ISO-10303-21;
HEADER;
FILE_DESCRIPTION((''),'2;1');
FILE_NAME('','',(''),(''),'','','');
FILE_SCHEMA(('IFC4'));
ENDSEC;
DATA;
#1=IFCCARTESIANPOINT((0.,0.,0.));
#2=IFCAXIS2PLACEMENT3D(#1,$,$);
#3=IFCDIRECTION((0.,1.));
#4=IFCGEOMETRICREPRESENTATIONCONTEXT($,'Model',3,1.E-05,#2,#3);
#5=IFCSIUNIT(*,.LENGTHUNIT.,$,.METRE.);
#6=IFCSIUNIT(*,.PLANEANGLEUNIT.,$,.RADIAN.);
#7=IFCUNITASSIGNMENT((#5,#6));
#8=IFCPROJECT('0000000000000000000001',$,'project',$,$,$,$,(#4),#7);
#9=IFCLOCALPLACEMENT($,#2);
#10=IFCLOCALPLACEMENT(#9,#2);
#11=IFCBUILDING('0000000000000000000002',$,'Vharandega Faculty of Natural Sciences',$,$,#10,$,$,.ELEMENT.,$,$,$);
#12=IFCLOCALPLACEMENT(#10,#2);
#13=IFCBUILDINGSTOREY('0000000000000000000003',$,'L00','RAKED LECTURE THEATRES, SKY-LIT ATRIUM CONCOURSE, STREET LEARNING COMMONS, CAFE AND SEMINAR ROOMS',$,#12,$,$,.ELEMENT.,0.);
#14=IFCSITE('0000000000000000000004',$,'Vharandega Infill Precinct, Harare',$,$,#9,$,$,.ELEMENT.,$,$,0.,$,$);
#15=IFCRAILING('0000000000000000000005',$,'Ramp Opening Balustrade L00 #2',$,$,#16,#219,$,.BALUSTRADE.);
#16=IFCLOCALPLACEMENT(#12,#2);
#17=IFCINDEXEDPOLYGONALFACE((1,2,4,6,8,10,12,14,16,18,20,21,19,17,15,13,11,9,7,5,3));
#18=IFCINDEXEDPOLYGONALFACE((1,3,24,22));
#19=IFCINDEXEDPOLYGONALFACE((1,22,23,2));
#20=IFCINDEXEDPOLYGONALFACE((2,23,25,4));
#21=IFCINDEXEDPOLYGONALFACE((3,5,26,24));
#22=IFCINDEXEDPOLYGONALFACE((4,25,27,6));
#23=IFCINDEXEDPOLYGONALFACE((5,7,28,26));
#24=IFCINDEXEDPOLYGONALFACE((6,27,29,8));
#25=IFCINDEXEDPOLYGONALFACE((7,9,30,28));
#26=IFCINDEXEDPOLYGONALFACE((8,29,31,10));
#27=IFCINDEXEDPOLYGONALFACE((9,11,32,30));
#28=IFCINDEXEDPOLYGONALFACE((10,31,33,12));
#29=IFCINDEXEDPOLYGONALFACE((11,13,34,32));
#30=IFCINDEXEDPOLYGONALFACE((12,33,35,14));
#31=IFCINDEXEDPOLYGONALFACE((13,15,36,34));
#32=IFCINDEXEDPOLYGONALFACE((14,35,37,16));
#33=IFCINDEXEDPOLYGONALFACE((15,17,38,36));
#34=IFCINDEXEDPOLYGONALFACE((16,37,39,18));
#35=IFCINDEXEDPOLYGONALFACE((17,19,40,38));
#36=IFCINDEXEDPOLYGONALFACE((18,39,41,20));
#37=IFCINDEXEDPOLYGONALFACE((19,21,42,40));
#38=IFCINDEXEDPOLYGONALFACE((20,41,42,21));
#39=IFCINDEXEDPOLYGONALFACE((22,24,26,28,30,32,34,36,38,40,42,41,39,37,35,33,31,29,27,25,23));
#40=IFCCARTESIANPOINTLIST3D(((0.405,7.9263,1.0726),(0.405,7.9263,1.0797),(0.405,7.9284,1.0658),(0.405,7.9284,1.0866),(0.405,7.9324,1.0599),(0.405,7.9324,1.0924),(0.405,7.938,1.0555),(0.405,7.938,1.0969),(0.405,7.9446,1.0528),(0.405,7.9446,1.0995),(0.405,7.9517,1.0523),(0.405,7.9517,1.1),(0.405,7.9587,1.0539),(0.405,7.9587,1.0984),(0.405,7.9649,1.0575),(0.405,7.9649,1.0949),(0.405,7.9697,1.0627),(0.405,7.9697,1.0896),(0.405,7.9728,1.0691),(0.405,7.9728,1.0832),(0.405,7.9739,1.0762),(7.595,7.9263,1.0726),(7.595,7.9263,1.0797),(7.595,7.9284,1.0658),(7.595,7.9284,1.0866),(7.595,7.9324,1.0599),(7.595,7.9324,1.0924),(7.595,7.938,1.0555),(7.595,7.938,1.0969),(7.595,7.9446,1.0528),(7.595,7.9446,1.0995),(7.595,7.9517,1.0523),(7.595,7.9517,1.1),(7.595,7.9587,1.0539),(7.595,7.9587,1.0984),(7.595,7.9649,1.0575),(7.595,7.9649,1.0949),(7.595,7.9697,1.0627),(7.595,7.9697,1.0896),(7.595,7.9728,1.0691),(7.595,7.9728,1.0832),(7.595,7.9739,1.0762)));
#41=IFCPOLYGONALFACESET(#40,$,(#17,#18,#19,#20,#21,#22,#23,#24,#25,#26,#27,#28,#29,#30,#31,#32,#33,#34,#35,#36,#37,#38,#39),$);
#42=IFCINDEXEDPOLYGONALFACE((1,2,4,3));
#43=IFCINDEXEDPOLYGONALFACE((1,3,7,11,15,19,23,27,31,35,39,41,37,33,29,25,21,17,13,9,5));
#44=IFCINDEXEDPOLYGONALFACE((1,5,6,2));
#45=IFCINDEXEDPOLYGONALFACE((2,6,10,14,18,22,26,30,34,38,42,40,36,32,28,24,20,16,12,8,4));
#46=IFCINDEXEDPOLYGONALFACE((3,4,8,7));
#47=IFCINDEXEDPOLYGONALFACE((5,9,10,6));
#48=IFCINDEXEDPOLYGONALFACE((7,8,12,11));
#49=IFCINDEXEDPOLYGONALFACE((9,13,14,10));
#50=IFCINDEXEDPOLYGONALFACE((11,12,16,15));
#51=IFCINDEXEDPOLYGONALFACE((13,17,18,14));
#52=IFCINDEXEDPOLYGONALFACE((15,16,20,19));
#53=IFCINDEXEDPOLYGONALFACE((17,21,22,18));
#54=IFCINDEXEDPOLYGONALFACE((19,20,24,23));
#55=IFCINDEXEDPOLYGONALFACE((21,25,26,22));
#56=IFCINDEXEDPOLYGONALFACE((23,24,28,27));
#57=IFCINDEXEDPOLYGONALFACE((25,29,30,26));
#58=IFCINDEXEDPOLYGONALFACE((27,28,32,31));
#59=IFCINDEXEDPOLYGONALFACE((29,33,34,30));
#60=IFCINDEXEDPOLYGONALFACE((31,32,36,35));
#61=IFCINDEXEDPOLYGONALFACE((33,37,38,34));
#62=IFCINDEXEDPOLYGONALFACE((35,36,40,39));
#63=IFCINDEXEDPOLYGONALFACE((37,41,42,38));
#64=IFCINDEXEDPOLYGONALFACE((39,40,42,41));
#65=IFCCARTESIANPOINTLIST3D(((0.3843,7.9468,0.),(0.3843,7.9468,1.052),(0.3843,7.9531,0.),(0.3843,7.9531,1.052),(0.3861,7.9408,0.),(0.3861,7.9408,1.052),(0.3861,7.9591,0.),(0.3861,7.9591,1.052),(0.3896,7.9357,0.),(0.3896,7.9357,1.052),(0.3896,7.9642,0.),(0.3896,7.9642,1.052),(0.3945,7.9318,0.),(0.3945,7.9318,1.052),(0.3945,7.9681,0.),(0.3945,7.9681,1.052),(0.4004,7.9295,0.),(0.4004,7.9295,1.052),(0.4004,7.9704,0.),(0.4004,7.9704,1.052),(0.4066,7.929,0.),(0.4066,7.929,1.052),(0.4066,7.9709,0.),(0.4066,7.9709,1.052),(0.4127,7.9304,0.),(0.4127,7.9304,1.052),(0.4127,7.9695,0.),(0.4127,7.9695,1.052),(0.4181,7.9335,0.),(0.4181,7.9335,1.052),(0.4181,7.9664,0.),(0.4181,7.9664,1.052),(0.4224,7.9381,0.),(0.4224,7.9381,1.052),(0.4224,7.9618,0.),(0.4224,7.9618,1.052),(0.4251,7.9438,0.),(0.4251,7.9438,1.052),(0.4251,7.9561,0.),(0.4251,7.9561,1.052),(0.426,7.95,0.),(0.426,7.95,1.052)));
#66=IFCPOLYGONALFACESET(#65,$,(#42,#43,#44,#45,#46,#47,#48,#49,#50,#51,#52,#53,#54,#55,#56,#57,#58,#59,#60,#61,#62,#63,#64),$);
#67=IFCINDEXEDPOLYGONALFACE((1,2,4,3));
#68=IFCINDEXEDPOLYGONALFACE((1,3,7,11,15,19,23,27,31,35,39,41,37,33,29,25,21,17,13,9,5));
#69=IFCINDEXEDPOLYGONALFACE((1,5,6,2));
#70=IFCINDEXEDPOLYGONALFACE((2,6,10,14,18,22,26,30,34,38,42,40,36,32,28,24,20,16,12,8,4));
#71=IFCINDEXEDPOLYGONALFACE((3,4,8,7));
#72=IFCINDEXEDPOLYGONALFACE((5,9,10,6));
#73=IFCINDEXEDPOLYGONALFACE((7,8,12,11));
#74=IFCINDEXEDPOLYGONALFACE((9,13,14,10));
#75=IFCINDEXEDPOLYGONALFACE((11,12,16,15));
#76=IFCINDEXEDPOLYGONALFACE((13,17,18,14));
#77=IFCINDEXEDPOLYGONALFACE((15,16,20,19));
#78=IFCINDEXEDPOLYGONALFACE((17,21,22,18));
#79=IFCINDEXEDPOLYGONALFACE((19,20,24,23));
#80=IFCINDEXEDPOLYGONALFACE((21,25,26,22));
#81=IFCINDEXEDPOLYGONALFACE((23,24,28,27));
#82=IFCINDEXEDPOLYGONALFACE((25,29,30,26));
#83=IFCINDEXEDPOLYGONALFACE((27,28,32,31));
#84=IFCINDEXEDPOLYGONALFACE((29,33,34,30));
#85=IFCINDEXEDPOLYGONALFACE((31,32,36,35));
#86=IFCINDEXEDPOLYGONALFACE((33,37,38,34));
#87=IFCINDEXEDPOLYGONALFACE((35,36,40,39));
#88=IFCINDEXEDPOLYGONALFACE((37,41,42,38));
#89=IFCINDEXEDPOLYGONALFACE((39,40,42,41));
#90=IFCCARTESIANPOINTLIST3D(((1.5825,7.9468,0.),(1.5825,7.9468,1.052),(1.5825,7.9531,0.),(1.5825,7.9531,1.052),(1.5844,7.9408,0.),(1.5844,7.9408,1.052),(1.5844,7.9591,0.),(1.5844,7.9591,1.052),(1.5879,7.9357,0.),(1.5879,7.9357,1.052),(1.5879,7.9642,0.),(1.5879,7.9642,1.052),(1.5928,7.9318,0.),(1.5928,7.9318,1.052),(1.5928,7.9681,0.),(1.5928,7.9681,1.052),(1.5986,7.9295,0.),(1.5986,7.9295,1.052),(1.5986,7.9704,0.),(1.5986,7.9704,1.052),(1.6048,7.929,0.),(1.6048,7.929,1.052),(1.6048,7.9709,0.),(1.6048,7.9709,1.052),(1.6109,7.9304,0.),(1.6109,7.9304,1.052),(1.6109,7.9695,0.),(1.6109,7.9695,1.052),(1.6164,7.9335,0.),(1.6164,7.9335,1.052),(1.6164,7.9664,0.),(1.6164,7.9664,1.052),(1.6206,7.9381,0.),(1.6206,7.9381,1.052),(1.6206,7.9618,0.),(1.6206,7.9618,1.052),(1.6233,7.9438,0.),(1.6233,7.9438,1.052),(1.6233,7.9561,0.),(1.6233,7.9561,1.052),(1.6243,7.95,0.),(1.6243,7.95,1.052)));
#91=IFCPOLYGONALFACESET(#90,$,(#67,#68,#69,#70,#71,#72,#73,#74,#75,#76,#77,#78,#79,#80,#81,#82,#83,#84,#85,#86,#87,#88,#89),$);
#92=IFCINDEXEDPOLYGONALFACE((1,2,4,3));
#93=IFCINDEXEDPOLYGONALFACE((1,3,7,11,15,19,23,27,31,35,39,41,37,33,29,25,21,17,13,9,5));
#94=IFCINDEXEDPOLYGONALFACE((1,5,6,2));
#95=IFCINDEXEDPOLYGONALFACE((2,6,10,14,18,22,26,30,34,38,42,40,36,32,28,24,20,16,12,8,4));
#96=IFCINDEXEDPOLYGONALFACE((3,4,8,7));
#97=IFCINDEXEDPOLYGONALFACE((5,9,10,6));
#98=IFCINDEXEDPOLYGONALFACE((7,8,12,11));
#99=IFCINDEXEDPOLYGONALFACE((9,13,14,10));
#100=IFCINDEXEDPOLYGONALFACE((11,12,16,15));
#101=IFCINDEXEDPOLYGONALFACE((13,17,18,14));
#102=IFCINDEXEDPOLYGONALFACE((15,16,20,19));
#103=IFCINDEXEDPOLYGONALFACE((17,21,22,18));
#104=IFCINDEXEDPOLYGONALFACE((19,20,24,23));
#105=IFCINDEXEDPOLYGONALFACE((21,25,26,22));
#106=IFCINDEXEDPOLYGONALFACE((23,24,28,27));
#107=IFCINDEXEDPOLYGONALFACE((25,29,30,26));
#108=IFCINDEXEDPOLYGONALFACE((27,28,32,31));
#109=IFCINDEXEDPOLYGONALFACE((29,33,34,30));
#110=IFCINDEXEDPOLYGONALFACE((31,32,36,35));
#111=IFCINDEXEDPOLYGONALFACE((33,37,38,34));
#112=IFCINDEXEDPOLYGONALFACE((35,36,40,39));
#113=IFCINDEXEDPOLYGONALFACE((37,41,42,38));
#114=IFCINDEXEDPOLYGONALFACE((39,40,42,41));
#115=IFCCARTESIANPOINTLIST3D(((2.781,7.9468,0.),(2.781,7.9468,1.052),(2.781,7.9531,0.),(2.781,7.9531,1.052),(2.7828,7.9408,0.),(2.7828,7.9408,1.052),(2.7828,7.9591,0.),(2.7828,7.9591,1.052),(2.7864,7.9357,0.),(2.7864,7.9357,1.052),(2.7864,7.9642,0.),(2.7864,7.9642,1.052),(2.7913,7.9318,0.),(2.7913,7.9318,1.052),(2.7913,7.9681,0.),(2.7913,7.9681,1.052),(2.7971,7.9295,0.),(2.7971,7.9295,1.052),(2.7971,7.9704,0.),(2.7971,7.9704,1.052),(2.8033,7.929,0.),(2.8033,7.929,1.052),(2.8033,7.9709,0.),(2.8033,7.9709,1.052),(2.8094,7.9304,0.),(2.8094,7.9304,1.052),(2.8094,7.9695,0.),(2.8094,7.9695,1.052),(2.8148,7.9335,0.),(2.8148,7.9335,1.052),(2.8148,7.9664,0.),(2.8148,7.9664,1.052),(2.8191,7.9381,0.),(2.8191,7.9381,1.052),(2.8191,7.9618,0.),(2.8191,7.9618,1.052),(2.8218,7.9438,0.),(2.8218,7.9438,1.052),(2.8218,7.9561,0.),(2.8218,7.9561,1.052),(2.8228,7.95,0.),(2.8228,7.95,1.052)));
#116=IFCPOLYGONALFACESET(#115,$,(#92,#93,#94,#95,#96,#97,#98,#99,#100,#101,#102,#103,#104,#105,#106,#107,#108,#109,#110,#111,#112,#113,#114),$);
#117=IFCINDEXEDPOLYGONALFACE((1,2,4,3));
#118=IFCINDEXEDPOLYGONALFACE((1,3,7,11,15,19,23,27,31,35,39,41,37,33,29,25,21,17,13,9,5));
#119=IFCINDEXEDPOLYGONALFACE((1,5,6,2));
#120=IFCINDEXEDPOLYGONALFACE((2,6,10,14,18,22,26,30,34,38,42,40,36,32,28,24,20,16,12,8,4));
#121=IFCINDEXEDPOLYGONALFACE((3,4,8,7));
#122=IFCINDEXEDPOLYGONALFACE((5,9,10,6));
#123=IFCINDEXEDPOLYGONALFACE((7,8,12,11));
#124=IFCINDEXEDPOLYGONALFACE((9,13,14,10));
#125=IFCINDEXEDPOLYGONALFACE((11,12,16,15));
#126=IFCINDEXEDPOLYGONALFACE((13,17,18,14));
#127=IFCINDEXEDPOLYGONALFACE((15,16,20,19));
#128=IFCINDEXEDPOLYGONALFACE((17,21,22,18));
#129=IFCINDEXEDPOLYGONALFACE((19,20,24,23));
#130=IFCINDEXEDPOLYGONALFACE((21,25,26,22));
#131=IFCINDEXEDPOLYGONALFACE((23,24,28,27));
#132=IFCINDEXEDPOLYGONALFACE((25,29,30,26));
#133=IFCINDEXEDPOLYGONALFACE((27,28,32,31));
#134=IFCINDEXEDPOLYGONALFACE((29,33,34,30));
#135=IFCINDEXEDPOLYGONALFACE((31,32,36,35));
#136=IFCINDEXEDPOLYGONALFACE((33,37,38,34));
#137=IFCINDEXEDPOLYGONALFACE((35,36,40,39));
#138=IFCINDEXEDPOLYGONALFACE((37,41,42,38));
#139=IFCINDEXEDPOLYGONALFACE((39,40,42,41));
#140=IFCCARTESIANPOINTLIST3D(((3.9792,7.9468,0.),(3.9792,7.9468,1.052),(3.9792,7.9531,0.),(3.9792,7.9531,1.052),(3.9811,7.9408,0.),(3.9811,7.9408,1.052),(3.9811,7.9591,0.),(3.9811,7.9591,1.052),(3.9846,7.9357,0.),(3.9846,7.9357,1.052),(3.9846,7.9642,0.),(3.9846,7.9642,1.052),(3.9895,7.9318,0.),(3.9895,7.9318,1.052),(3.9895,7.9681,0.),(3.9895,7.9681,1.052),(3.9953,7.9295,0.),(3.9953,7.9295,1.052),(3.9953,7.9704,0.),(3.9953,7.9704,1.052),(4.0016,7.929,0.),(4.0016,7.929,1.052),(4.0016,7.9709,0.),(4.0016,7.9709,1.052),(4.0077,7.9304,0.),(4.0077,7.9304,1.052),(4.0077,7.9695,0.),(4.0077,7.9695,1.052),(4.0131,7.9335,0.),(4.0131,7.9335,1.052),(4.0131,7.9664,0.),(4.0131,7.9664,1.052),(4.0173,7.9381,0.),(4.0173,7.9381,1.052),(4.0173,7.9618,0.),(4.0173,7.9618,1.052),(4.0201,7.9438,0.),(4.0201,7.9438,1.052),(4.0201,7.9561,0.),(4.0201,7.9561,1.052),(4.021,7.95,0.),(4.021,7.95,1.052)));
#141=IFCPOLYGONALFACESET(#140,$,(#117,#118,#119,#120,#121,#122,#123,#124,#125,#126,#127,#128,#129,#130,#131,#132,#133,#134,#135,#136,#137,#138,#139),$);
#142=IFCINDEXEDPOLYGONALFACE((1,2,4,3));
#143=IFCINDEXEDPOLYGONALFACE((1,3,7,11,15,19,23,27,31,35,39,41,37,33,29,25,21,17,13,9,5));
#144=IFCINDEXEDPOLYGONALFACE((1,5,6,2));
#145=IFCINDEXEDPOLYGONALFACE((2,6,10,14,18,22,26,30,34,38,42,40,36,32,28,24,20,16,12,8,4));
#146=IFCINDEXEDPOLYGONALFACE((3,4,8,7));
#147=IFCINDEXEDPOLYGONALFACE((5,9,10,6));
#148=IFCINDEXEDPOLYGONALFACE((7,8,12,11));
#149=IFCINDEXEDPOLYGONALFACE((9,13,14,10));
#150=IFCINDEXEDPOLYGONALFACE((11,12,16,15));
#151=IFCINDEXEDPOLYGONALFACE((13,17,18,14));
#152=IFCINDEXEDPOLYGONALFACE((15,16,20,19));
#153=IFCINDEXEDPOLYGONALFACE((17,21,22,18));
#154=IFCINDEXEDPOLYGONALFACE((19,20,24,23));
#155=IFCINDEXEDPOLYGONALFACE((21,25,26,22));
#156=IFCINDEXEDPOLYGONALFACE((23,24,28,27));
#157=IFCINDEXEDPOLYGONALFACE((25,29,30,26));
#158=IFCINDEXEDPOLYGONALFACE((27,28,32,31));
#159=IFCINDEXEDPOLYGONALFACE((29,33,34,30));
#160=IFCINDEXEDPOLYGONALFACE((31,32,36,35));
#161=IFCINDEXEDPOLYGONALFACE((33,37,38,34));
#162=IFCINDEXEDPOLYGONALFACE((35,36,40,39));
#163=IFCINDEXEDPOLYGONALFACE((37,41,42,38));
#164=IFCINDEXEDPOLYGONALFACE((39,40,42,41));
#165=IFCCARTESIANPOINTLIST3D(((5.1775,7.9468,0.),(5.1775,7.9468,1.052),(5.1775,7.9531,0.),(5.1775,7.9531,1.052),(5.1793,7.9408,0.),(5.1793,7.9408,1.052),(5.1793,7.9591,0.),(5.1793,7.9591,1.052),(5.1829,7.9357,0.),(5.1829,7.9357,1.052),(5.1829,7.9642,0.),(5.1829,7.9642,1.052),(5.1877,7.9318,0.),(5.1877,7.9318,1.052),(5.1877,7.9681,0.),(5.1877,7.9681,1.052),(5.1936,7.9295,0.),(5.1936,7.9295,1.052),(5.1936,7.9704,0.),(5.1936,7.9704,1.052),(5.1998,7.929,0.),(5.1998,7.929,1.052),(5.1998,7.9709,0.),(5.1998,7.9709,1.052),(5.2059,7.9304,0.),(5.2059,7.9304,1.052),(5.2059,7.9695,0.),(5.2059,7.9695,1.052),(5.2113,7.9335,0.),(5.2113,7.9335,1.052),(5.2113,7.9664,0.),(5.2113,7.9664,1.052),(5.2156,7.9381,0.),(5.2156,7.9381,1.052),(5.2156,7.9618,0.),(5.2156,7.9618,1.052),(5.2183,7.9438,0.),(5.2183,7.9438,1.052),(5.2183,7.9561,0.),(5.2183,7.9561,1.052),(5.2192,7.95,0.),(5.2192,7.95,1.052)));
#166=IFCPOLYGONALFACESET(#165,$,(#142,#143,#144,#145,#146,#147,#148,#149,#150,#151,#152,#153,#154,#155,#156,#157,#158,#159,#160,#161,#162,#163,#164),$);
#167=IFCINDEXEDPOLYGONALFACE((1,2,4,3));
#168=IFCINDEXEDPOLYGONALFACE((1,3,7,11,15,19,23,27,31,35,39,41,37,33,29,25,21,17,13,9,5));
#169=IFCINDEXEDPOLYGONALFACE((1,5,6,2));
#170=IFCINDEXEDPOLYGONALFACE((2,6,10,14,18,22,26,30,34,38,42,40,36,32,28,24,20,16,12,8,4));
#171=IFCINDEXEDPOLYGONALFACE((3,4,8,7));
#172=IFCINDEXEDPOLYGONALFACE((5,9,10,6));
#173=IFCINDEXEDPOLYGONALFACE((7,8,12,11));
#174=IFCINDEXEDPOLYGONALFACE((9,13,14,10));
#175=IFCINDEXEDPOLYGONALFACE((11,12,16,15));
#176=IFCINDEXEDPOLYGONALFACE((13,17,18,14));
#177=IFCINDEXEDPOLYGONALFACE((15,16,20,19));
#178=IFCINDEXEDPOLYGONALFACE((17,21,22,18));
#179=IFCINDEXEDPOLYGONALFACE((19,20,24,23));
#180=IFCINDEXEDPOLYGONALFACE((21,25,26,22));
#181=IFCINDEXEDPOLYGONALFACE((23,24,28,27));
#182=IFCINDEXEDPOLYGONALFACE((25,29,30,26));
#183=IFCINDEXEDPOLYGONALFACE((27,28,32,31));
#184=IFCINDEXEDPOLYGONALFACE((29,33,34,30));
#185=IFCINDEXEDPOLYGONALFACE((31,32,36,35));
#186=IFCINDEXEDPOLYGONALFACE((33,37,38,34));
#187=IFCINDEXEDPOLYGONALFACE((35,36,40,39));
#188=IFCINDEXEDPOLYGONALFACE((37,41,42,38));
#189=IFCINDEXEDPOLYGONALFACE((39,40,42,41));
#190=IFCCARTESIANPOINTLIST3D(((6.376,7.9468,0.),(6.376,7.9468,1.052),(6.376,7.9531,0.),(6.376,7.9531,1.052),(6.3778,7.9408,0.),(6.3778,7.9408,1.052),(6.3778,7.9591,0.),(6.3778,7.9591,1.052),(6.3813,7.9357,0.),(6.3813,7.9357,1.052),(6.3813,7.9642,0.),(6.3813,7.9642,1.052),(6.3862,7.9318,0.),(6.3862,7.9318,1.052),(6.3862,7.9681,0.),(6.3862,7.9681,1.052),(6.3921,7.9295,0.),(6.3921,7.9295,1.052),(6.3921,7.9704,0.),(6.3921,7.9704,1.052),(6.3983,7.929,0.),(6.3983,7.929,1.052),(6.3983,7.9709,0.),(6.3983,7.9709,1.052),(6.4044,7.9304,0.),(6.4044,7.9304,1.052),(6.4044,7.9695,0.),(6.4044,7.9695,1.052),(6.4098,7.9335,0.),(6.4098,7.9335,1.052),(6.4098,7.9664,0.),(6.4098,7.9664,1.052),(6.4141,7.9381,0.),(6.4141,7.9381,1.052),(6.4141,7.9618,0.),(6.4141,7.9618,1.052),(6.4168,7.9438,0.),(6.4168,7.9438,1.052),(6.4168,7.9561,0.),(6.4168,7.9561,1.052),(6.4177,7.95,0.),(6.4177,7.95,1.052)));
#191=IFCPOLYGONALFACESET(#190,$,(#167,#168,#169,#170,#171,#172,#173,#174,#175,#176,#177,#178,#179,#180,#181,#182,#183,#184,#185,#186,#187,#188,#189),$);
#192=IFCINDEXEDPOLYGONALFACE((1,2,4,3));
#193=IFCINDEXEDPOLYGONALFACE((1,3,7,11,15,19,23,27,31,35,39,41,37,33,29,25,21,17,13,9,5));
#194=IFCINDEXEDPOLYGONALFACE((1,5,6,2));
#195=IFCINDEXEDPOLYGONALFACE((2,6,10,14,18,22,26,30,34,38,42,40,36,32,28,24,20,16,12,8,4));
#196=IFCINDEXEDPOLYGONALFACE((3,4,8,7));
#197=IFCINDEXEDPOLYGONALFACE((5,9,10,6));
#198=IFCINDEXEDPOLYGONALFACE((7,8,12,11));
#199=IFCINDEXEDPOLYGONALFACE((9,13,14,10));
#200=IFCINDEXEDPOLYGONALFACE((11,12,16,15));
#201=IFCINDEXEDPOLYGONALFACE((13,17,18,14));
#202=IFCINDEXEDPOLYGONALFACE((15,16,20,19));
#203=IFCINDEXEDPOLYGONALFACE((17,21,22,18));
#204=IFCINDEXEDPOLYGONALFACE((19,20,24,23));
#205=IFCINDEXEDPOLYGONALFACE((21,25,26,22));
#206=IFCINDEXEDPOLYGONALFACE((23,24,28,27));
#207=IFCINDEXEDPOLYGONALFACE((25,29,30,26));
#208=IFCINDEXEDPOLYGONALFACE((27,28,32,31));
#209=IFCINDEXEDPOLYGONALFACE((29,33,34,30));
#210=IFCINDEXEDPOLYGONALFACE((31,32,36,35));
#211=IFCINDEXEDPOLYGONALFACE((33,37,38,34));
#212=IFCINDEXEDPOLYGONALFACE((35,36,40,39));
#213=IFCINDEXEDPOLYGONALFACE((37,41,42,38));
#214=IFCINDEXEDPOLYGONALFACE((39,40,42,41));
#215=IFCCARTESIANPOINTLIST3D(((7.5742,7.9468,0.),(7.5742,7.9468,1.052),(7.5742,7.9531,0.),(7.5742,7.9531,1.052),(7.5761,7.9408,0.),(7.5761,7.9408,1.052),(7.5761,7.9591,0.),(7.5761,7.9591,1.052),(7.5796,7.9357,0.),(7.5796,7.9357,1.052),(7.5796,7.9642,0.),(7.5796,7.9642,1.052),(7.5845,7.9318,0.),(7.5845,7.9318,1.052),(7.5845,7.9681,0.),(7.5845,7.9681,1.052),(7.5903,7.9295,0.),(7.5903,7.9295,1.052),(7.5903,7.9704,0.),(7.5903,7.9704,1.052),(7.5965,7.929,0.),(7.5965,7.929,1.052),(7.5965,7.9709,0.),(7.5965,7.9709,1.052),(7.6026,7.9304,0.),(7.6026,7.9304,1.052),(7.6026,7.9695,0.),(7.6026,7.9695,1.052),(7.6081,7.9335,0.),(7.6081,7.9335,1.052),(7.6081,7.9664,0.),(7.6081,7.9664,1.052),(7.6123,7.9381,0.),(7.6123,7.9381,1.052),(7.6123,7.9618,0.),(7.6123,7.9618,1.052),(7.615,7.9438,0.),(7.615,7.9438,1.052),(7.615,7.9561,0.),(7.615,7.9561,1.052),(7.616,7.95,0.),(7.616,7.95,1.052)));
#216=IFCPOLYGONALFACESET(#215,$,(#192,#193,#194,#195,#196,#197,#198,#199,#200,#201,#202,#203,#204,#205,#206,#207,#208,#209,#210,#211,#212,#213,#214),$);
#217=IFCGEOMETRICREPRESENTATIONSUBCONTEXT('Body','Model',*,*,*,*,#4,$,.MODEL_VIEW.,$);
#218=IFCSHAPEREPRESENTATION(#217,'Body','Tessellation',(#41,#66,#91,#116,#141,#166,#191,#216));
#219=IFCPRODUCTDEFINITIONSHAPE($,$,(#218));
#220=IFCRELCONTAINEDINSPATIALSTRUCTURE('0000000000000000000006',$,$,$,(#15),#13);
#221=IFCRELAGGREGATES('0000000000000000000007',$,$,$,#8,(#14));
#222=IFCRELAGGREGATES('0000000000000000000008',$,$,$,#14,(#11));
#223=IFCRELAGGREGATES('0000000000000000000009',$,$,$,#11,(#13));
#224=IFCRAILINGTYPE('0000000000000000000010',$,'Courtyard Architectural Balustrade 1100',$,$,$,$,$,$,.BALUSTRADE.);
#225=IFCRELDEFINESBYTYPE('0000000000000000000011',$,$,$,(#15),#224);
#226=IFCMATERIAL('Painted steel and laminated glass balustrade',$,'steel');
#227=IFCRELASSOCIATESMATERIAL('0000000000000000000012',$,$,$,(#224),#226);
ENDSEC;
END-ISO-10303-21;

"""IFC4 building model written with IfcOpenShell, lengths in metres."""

from ifc_helpers import new_model, si_unit, direction, frame, origin, origin_2d, place, context, subcontext, project, spatial, circle, extrude, material, type_object, element, save


model = new_model("IFC4")

# Units and contexts
model_context = context("Model", 3, precision=1e-05, world=origin(), true_north=direction((0.0, 1.0)))
body_context = subcontext(model_context, "Body", "Model", "MODEL_VIEW")
ifc_project = project(units=[si_unit("LENGTHUNIT", "METRE"), si_unit("PLANEANGLEUNIT", "RADIAN")], contexts=[model_context])

# Site, building, storey
site_placement = place(None, origin())
site = spatial("IfcSite", under=ifc_project, at=site_placement, Name="Vharandega Infill Precinct, Harare", CompositionType="ELEMENT", RefElevation=0.0)
building_placement = place(site_placement, origin())
building = spatial("IfcBuilding", under=site, at=building_placement, Name="Vharandega Faculty of Natural Sciences", CompositionType="ELEMENT")
storey_placement = place(building_placement, origin())
storey = spatial("IfcBuildingStorey", under=building, at=storey_placement, Name="L00", Description="RAKED LECTURE THEATRES, SKY-LIT ATRIUM CONCOURSE, STREET LEARNING COMMONS, CAFE AND SEMINAR ROOMS", CompositionType="ELEMENT", Elevation=0.0)

# Railing
ifc_material_1 = material(Name="Painted steel and laminated glass balustrade", Category="steel")
railing_type = type_object("IfcRailingType", Name="Courtyard Architectural Balustrade 1100", PredefinedType="BALUSTRADE", material=ifc_material_1)
railing_1_placement = place(storey_placement, frame((0.405, 7.95, 0.0)))
element("IfcRailing", 1, at=railing_1_placement, inside=storey, type_object=railing_type, Name="Ramp Opening Balustrade L00 #2", PredefinedType="BALUSTRADE", context=body_context, shape_type="SweptSolid", body=[
    extrude(circle(Radius=0.0239, at=origin_2d()), frame((0.0, 0.0, 1.0762), z_axis=(1.0, 0.0, 0.0), x_axis=(0.0, 1.0, 0.0)), (0.0, 0.0, 1.0), 7.1899),
    extrude(circle(Radius=0.021, at=origin_2d()), origin(), (0.0, 0.0, 1.0), 1.052),
    extrude(circle(Radius=0.021, at=origin_2d()), frame((1.1982, 0.0, 0.0)), (0.0, 0.0, 1.0), 1.052),
    extrude(circle(Radius=0.021, at=origin_2d()), frame((2.3967, 0.0, 0.0)), (0.0, 0.0, 1.0), 1.052),
    extrude(circle(Radius=0.021, at=origin_2d()), frame((3.595, 0.0, 0.0)), (0.0, 0.0, 1.0), 1.052),
    extrude(circle(Radius=0.021, at=origin_2d()), frame((4.7932, 0.0, 0.0)), (0.0, 0.0, 1.0), 1.052),
    extrude(circle(Radius=0.021, at=origin_2d()), frame((5.9917, 0.0, 0.0)), (0.0, 0.0, 1.0), 1.052),
    extrude(circle(Radius=0.021, at=origin_2d()), frame((7.1899, 0.0, 0.0)), (0.0, 0.0, 1.0), 1.052),
])

save(model, "model.ifc")
